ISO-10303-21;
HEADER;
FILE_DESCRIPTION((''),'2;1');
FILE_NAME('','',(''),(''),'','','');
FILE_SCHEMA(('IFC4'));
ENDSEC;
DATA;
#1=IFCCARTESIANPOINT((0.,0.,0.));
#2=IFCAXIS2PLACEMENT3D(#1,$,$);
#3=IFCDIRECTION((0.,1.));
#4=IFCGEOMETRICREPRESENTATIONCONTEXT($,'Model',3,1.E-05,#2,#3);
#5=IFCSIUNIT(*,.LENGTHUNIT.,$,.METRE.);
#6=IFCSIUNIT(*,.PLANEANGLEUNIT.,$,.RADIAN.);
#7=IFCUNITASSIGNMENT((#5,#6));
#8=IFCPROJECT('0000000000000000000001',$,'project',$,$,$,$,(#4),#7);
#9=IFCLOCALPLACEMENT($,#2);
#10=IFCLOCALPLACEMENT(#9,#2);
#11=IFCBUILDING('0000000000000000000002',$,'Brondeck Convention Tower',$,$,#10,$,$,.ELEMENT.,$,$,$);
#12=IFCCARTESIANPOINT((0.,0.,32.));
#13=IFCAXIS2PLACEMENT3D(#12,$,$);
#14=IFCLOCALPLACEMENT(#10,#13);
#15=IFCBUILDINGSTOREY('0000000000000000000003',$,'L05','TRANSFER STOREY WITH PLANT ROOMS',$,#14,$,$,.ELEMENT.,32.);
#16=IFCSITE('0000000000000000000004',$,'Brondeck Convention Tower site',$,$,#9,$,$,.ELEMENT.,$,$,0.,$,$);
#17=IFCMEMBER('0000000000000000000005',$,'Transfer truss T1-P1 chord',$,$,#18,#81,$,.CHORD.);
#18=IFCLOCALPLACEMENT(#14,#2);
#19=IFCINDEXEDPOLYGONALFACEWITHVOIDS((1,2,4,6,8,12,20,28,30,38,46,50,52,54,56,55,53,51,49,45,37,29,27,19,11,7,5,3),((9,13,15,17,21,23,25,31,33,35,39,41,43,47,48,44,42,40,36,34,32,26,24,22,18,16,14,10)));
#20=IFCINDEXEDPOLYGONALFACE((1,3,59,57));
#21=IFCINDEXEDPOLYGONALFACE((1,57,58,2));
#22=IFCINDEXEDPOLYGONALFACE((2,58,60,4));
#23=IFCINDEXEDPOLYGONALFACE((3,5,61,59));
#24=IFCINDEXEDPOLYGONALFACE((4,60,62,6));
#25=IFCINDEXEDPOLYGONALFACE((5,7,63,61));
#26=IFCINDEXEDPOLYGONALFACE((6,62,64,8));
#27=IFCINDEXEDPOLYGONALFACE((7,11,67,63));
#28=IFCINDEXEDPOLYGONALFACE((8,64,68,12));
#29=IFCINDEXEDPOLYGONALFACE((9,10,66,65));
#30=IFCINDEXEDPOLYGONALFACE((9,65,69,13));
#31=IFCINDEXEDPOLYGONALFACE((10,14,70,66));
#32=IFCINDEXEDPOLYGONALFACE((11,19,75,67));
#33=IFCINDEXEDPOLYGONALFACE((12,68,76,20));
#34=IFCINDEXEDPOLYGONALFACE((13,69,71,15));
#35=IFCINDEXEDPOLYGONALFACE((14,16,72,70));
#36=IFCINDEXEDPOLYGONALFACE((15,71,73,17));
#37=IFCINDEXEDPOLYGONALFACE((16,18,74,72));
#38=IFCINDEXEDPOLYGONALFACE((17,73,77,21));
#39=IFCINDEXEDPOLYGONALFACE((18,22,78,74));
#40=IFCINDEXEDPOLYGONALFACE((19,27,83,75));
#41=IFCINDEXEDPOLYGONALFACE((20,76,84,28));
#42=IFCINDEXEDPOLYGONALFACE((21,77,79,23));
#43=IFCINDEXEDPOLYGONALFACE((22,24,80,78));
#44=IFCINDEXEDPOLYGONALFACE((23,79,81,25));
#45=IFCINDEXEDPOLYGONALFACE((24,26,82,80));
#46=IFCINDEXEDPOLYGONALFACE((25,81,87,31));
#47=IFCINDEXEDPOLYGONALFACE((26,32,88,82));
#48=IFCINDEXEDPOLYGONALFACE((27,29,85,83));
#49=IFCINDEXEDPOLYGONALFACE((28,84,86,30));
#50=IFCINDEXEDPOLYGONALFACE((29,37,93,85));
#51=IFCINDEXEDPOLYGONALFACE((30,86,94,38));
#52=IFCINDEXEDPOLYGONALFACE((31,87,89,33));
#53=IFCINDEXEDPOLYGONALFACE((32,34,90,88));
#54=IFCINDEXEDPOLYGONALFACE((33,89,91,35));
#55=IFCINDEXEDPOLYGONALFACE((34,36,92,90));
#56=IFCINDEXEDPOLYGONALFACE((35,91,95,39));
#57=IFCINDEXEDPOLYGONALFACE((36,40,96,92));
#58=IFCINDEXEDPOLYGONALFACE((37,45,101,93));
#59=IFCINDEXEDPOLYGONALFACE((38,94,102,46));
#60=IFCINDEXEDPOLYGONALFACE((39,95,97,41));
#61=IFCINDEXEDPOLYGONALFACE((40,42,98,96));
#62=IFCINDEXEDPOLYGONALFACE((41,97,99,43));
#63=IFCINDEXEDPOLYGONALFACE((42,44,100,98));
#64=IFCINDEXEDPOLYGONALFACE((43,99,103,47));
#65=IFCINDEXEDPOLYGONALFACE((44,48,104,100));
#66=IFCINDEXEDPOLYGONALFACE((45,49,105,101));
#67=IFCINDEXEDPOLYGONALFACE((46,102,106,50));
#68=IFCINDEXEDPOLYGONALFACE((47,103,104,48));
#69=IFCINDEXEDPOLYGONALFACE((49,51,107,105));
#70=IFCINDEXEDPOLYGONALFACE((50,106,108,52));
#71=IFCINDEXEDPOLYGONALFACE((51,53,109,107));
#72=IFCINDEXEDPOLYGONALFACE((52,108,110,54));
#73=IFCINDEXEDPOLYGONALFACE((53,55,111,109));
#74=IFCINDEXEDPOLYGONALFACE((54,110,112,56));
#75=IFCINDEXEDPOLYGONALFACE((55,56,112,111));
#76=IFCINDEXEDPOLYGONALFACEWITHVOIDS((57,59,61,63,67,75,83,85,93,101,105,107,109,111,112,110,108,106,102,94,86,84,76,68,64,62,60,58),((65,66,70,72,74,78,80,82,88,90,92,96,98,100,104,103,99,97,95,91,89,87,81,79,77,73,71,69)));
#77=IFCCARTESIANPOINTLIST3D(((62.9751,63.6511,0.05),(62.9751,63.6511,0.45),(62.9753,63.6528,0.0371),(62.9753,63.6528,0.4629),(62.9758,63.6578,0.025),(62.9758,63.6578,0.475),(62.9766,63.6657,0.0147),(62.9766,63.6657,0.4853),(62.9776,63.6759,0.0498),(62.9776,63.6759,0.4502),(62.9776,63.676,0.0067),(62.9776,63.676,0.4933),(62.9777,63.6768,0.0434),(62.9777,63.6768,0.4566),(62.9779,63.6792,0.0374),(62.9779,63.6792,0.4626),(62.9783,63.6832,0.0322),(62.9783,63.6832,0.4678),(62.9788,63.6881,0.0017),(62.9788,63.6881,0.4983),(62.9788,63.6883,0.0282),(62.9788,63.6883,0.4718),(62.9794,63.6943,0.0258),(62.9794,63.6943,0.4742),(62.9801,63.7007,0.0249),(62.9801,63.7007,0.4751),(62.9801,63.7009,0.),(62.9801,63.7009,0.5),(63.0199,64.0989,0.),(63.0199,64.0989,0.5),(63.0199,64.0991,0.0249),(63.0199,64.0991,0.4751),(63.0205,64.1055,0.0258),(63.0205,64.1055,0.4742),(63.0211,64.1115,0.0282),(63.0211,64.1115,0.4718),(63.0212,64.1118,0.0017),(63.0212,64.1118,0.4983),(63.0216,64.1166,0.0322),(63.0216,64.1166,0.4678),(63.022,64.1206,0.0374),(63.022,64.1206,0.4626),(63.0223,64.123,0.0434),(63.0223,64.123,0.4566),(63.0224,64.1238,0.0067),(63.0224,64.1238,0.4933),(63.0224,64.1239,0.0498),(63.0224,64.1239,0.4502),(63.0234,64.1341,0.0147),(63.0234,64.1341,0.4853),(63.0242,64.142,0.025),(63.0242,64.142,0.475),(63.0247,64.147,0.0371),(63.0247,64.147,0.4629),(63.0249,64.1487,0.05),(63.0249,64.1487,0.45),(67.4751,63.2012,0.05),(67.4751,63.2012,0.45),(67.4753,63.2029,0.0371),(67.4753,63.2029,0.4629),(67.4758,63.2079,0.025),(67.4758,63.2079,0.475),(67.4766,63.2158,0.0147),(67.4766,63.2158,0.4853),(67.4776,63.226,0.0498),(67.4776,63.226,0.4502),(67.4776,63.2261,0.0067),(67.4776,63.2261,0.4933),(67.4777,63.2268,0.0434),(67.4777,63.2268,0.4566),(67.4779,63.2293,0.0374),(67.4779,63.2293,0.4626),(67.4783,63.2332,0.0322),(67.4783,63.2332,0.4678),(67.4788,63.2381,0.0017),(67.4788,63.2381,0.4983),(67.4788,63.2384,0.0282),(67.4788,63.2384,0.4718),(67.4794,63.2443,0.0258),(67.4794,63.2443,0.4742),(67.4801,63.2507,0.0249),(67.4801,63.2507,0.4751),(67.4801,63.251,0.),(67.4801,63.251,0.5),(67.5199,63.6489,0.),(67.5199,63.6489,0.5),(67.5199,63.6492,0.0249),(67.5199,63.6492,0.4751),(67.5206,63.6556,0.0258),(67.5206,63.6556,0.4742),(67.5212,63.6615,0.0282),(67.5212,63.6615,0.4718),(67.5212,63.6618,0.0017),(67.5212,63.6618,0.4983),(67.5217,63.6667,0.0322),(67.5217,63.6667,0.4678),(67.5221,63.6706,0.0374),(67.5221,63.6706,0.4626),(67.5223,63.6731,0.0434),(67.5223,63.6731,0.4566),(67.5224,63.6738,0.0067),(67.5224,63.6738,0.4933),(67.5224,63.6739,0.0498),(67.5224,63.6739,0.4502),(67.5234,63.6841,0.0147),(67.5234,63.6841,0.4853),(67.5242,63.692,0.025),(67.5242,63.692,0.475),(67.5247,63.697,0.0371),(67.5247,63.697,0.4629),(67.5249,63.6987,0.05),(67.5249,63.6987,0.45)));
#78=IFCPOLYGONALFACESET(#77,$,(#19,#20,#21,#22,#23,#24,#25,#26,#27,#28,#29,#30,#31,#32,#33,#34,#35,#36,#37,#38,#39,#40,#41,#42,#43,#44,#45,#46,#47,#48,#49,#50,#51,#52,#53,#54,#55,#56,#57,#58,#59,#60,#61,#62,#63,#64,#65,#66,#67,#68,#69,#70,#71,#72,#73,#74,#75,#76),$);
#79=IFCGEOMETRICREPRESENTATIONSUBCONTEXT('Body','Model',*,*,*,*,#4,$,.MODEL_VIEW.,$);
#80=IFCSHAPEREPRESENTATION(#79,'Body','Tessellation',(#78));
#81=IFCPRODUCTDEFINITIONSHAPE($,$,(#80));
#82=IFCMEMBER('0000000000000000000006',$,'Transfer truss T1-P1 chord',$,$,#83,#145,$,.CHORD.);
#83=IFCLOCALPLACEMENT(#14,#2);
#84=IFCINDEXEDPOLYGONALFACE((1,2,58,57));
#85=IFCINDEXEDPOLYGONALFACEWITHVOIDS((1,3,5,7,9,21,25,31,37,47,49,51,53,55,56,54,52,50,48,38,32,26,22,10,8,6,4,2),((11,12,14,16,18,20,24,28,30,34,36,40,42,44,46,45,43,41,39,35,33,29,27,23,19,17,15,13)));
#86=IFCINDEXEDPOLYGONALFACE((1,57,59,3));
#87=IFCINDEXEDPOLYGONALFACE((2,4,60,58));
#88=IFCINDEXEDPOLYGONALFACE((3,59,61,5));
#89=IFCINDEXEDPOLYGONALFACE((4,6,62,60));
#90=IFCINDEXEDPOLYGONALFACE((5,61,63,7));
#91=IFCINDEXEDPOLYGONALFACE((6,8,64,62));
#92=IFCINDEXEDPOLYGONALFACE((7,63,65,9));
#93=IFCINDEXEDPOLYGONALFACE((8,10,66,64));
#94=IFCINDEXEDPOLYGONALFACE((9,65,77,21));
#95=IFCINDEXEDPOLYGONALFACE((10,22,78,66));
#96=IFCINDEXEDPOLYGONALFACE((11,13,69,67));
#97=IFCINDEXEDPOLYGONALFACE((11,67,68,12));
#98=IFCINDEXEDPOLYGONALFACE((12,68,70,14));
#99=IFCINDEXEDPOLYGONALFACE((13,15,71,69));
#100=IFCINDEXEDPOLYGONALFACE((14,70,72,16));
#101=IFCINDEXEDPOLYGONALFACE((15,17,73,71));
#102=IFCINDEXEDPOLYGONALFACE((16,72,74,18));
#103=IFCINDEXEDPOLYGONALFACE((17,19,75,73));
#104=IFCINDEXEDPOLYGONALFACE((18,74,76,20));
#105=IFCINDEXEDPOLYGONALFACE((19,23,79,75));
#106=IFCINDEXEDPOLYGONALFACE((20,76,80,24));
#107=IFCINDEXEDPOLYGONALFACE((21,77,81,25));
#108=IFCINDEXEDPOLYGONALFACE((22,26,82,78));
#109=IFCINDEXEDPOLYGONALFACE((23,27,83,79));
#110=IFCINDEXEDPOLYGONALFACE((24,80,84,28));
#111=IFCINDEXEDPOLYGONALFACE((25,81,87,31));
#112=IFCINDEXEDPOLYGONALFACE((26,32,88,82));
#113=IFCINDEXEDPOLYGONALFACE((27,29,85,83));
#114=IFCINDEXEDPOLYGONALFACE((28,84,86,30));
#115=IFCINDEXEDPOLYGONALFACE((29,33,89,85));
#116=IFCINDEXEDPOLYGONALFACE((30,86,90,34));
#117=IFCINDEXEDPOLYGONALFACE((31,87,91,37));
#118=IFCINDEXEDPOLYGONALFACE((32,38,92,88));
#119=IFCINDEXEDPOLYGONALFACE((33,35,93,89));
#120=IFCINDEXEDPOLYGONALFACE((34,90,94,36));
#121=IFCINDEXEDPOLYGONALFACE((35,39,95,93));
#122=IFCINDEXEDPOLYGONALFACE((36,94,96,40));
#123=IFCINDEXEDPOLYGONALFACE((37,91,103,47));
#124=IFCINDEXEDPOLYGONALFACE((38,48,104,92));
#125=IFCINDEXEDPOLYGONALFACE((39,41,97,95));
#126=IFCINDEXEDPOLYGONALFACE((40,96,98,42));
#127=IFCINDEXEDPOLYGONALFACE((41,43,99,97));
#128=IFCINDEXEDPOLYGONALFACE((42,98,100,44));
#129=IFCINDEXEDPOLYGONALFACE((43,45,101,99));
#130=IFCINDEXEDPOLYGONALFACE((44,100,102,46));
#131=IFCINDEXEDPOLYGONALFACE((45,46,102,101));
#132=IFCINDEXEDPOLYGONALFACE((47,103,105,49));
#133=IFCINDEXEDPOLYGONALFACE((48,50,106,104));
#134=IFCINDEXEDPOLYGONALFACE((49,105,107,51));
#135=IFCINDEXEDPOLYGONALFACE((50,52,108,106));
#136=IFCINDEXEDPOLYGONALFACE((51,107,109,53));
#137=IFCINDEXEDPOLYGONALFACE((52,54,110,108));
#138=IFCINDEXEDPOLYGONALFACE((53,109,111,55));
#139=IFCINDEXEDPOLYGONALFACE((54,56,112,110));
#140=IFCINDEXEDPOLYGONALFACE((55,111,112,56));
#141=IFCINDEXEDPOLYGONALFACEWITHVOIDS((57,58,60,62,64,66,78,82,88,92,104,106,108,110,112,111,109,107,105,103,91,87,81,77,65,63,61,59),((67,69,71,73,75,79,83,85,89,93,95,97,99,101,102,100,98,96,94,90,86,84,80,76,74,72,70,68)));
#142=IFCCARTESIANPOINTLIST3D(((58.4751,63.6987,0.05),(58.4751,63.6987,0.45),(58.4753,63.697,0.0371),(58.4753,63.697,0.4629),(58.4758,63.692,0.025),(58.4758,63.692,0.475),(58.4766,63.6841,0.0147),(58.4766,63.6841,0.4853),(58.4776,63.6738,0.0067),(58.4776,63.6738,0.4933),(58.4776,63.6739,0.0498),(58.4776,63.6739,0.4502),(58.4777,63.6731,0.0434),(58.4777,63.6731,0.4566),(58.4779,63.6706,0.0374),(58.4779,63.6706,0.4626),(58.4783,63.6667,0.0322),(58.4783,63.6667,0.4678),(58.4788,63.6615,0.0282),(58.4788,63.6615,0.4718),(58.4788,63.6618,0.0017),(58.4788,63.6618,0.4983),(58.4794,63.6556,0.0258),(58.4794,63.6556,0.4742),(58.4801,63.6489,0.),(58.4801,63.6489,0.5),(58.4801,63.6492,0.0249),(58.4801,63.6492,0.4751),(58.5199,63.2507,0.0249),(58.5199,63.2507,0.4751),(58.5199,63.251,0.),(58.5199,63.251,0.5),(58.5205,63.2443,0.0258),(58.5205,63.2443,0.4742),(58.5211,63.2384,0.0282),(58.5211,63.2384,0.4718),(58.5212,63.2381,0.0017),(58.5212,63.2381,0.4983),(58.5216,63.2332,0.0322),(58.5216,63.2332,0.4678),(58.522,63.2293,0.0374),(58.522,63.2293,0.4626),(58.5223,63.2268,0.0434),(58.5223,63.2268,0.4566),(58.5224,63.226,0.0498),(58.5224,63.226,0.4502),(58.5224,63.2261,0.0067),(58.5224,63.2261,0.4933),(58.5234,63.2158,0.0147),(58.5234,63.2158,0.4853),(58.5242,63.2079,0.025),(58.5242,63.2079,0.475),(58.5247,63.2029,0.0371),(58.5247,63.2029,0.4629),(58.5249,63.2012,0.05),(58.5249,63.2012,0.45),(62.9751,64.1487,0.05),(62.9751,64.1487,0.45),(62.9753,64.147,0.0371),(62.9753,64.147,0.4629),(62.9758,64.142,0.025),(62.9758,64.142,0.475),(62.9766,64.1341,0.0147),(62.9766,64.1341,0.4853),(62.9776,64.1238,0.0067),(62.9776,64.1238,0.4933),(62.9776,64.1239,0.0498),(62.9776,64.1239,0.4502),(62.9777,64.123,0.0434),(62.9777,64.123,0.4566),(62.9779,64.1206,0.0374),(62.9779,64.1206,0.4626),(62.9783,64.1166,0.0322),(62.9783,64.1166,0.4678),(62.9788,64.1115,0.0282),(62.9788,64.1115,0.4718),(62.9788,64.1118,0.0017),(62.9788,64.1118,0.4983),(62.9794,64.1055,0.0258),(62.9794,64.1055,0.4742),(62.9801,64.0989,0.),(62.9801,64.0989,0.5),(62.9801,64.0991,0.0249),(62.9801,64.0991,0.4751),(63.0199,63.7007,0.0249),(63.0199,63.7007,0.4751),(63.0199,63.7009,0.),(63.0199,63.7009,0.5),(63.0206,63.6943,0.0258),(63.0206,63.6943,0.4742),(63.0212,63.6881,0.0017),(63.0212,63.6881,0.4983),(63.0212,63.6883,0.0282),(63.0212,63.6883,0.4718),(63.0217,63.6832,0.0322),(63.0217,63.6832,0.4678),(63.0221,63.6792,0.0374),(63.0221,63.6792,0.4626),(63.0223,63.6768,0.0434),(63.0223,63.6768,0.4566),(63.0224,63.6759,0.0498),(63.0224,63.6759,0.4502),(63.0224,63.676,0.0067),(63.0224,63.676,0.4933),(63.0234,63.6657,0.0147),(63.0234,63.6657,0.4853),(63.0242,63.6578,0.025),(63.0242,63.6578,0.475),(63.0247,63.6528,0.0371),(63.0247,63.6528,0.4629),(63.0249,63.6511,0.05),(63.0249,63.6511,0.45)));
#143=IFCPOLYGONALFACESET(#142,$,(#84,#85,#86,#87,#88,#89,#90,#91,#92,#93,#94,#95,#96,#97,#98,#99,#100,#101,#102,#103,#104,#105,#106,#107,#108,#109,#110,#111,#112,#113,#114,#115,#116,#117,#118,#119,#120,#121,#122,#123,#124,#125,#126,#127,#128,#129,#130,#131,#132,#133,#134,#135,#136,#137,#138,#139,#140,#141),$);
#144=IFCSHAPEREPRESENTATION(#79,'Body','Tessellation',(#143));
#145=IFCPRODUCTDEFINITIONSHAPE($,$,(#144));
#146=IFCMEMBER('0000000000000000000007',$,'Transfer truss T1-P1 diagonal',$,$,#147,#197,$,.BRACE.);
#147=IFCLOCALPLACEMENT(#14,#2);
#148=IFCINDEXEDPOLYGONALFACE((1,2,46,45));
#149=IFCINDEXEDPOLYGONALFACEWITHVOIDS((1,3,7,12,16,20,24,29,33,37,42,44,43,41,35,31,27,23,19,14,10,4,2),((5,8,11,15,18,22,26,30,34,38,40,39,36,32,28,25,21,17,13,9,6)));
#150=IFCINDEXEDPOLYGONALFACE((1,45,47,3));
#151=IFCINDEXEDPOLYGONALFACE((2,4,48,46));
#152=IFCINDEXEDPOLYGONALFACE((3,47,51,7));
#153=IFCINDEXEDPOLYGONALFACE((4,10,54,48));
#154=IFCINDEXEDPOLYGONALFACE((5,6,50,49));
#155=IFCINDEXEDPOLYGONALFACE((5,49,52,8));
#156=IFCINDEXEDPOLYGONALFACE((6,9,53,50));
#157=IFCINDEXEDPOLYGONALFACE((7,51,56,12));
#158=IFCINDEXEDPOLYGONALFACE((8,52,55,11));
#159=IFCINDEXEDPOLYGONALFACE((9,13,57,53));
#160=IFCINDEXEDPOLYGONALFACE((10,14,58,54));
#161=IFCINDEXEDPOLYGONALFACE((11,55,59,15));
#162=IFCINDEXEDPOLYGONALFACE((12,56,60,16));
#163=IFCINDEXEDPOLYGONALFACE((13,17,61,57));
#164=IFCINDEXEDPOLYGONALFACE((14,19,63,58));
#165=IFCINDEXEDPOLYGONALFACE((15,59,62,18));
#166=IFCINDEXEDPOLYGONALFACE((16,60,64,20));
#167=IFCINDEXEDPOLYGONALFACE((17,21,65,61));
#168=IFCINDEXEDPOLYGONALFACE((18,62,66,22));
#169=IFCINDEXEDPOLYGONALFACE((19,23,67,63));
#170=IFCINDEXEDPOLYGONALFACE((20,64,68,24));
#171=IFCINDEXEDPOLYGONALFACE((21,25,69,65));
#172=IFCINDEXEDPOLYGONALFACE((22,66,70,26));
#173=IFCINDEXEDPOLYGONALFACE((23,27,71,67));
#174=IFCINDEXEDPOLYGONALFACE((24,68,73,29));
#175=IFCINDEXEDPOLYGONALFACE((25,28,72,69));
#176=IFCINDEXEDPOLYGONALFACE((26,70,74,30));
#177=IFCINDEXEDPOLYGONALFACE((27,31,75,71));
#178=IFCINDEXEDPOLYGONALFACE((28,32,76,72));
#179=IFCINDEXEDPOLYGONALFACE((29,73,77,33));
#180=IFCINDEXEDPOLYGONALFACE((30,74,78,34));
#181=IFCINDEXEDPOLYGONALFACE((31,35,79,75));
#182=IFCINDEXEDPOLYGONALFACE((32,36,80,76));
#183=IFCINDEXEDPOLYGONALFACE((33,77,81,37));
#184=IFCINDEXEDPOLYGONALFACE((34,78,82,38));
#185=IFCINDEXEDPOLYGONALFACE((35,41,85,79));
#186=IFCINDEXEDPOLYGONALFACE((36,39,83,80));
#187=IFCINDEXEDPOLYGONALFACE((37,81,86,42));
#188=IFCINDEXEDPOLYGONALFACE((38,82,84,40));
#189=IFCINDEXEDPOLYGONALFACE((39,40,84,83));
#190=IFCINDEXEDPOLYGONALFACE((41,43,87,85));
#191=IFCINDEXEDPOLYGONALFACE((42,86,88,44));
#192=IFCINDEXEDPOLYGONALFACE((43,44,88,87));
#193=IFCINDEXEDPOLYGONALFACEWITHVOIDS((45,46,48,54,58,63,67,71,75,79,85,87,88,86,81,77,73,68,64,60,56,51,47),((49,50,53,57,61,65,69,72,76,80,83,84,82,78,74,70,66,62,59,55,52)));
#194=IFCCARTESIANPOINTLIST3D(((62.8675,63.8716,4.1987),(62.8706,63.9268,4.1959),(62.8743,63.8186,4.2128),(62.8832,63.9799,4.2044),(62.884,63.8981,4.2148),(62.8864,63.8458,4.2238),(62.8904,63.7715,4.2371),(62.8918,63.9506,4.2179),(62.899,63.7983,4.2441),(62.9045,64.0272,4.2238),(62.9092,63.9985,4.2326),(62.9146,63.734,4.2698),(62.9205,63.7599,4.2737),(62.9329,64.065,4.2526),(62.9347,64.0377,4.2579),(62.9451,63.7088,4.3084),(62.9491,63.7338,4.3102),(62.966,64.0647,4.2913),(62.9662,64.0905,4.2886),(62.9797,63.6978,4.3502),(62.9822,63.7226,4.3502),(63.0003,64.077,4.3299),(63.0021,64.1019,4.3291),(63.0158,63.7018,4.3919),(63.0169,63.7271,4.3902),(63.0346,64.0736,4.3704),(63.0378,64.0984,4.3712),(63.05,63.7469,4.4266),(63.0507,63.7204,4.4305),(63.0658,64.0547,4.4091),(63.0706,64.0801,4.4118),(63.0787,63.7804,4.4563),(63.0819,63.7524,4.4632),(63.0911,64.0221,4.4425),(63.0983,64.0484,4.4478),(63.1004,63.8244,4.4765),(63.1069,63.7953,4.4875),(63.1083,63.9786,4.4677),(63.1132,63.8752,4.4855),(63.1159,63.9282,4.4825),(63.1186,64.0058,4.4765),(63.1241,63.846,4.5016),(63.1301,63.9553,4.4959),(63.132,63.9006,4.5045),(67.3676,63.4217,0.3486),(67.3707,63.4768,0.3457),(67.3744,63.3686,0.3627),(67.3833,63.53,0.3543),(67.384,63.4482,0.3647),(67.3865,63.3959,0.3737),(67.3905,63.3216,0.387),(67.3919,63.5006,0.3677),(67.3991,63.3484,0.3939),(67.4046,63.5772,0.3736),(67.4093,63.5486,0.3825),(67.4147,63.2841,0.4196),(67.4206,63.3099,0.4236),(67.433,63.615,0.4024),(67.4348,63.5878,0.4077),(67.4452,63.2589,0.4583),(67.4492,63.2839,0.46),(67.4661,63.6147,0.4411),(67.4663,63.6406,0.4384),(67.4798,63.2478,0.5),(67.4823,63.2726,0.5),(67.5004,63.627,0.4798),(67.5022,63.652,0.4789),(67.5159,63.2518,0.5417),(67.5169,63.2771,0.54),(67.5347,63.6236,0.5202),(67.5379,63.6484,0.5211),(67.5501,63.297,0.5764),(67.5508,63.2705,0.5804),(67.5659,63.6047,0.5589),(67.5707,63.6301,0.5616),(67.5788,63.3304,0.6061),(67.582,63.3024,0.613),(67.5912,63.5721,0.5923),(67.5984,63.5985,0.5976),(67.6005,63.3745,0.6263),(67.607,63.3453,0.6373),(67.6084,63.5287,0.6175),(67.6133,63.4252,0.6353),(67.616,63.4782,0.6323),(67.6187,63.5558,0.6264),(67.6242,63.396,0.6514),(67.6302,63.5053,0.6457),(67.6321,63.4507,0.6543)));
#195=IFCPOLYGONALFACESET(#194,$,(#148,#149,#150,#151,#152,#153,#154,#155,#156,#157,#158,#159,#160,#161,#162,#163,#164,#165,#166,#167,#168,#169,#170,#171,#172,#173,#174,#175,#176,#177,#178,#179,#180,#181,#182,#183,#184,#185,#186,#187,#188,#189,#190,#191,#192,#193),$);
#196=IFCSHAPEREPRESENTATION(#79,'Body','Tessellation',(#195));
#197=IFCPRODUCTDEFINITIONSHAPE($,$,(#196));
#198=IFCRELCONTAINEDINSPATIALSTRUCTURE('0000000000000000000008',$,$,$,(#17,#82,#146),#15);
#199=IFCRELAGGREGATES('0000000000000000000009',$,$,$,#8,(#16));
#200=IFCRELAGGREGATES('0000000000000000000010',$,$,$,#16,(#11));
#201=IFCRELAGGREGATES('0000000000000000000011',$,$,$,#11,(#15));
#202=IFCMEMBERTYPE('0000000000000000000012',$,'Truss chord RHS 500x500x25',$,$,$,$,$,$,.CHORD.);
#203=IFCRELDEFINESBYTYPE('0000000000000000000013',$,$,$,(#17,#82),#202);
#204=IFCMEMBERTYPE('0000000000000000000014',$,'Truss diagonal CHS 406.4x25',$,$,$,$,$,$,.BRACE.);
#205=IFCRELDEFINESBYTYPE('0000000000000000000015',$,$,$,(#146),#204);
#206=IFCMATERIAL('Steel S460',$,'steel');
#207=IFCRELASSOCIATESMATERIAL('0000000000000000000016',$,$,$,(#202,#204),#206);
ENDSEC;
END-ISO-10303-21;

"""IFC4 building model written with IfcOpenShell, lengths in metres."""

from ifc_helpers import new_model, si_unit, direction, frame, origin, origin_2d, place, context, subcontext, project, spatial, hollow_rectangle, hollow_circle, extrude, material, material_profile, profile_set, type_object, element, save


model = new_model("IFC4")

# Units and contexts
model_context = context("Model", 3, precision=1e-05, world=origin(), true_north=direction((0.0, 1.0)))
body_context = subcontext(model_context, "Body", "Model", "MODEL_VIEW")
ifc_project = project(units=[si_unit("LENGTHUNIT", "METRE"), si_unit("PLANEANGLEUNIT", "RADIAN")], contexts=[model_context])

# Site, building, storey
site_placement = place(None, origin())
site = spatial("IfcSite", under=ifc_project, at=site_placement, Name="Brondeck Convention Tower site", CompositionType="ELEMENT", RefElevation=0.0)
building_placement = place(site_placement, origin())
building = spatial("IfcBuilding", under=site, at=building_placement, Name="Brondeck Convention Tower", CompositionType="ELEMENT")
storey_placement = place(building_placement, frame((0.0, 0.0, 32.0)))
storey = spatial("IfcBuildingStorey", under=building, at=storey_placement, Name="L05", Description="TRANSFER STOREY WITH PLANT ROOMS", CompositionType="ELEMENT", Elevation=32.0)

# Shared definitions
ifc_material_1 = material(Name="Steel S460", Category="steel")

# Members
ifc_material_profile_1 = material_profile(ifc_material_1, hollow_rectangle(XDim=0.5, YDim=0.5, WallThickness=0.0249, InnerFilletRadius=0.0249, OuterFilletRadius=0.05, at=origin_2d()), Name="RHS 500x500x25")
ifc_profile_set_1 = profile_set([ifc_material_profile_1], Name="Steel S460")
member_type_1 = type_object("IfcMemberType", Name="Truss chord RHS 500x500x25", PredefinedType="CHORD", material=ifc_profile_set_1)
for number, where, z_axis, x_axis, name in (
    (1, (67.5, 63.45, 0.25), (-0.995038, 0.099493, 0.0), (-0.099493, -0.995038, 0.0), "Transfer truss T1-P1 chord"),
    (2, (63.0, 63.8999, 0.25), (-0.995038, -0.099493, 0.0), (0.099493, -0.995038, 0.0), "Transfer truss T1-P1 chord"),
):
    element("IfcMember", number, at=place(storey_placement, frame(where, z_axis=z_axis, x_axis=x_axis)), inside=storey, type_object=member_type_1, Name=name, PredefinedType="CHORD", context=body_context, shape_type="SweptSolid", body=[
        extrude(hollow_rectangle(XDim=0.5, YDim=0.5, WallThickness=0.0249, InnerFilletRadius=0.0249, OuterFilletRadius=0.05, at=origin_2d()), origin(), (0.0, 0.0, 1.0), 4.5225),
    ])
ifc_material_profile_2 = material_profile(ifc_material_1, hollow_circle(Radius=0.2031, WallThickness=0.0249, at=origin_2d()), Name="CHS 406.4x25")
ifc_profile_set_2 = profile_set([ifc_material_profile_2], Name="Steel S460")
member_type_2 = type_object("IfcMemberType", Name="Truss diagonal CHS 406.4x25", PredefinedType="BRACE", material=ifc_profile_set_2)
for number, where, z_axis, x_axis, name in (
    (3, (67.5, 63.45, 0.5), (-0.75766, 0.075758, 0.648237), (-0.099493, -0.995038, 0.0), "Transfer truss T1-P1 diagonal"),
):
    element("IfcMember", number, at=place(storey_placement, frame(where, z_axis=z_axis, x_axis=x_axis)), inside=storey, type_object=member_type_2, Name=name, PredefinedType="BRACE", context=body_context, shape_type="SweptSolid", body=[
        extrude(hollow_circle(Radius=0.2031, WallThickness=0.0249, at=origin_2d()), origin(), (0.0, 0.0, 1.0), 5.9395),
    ])

save(model, "model.ifc")
